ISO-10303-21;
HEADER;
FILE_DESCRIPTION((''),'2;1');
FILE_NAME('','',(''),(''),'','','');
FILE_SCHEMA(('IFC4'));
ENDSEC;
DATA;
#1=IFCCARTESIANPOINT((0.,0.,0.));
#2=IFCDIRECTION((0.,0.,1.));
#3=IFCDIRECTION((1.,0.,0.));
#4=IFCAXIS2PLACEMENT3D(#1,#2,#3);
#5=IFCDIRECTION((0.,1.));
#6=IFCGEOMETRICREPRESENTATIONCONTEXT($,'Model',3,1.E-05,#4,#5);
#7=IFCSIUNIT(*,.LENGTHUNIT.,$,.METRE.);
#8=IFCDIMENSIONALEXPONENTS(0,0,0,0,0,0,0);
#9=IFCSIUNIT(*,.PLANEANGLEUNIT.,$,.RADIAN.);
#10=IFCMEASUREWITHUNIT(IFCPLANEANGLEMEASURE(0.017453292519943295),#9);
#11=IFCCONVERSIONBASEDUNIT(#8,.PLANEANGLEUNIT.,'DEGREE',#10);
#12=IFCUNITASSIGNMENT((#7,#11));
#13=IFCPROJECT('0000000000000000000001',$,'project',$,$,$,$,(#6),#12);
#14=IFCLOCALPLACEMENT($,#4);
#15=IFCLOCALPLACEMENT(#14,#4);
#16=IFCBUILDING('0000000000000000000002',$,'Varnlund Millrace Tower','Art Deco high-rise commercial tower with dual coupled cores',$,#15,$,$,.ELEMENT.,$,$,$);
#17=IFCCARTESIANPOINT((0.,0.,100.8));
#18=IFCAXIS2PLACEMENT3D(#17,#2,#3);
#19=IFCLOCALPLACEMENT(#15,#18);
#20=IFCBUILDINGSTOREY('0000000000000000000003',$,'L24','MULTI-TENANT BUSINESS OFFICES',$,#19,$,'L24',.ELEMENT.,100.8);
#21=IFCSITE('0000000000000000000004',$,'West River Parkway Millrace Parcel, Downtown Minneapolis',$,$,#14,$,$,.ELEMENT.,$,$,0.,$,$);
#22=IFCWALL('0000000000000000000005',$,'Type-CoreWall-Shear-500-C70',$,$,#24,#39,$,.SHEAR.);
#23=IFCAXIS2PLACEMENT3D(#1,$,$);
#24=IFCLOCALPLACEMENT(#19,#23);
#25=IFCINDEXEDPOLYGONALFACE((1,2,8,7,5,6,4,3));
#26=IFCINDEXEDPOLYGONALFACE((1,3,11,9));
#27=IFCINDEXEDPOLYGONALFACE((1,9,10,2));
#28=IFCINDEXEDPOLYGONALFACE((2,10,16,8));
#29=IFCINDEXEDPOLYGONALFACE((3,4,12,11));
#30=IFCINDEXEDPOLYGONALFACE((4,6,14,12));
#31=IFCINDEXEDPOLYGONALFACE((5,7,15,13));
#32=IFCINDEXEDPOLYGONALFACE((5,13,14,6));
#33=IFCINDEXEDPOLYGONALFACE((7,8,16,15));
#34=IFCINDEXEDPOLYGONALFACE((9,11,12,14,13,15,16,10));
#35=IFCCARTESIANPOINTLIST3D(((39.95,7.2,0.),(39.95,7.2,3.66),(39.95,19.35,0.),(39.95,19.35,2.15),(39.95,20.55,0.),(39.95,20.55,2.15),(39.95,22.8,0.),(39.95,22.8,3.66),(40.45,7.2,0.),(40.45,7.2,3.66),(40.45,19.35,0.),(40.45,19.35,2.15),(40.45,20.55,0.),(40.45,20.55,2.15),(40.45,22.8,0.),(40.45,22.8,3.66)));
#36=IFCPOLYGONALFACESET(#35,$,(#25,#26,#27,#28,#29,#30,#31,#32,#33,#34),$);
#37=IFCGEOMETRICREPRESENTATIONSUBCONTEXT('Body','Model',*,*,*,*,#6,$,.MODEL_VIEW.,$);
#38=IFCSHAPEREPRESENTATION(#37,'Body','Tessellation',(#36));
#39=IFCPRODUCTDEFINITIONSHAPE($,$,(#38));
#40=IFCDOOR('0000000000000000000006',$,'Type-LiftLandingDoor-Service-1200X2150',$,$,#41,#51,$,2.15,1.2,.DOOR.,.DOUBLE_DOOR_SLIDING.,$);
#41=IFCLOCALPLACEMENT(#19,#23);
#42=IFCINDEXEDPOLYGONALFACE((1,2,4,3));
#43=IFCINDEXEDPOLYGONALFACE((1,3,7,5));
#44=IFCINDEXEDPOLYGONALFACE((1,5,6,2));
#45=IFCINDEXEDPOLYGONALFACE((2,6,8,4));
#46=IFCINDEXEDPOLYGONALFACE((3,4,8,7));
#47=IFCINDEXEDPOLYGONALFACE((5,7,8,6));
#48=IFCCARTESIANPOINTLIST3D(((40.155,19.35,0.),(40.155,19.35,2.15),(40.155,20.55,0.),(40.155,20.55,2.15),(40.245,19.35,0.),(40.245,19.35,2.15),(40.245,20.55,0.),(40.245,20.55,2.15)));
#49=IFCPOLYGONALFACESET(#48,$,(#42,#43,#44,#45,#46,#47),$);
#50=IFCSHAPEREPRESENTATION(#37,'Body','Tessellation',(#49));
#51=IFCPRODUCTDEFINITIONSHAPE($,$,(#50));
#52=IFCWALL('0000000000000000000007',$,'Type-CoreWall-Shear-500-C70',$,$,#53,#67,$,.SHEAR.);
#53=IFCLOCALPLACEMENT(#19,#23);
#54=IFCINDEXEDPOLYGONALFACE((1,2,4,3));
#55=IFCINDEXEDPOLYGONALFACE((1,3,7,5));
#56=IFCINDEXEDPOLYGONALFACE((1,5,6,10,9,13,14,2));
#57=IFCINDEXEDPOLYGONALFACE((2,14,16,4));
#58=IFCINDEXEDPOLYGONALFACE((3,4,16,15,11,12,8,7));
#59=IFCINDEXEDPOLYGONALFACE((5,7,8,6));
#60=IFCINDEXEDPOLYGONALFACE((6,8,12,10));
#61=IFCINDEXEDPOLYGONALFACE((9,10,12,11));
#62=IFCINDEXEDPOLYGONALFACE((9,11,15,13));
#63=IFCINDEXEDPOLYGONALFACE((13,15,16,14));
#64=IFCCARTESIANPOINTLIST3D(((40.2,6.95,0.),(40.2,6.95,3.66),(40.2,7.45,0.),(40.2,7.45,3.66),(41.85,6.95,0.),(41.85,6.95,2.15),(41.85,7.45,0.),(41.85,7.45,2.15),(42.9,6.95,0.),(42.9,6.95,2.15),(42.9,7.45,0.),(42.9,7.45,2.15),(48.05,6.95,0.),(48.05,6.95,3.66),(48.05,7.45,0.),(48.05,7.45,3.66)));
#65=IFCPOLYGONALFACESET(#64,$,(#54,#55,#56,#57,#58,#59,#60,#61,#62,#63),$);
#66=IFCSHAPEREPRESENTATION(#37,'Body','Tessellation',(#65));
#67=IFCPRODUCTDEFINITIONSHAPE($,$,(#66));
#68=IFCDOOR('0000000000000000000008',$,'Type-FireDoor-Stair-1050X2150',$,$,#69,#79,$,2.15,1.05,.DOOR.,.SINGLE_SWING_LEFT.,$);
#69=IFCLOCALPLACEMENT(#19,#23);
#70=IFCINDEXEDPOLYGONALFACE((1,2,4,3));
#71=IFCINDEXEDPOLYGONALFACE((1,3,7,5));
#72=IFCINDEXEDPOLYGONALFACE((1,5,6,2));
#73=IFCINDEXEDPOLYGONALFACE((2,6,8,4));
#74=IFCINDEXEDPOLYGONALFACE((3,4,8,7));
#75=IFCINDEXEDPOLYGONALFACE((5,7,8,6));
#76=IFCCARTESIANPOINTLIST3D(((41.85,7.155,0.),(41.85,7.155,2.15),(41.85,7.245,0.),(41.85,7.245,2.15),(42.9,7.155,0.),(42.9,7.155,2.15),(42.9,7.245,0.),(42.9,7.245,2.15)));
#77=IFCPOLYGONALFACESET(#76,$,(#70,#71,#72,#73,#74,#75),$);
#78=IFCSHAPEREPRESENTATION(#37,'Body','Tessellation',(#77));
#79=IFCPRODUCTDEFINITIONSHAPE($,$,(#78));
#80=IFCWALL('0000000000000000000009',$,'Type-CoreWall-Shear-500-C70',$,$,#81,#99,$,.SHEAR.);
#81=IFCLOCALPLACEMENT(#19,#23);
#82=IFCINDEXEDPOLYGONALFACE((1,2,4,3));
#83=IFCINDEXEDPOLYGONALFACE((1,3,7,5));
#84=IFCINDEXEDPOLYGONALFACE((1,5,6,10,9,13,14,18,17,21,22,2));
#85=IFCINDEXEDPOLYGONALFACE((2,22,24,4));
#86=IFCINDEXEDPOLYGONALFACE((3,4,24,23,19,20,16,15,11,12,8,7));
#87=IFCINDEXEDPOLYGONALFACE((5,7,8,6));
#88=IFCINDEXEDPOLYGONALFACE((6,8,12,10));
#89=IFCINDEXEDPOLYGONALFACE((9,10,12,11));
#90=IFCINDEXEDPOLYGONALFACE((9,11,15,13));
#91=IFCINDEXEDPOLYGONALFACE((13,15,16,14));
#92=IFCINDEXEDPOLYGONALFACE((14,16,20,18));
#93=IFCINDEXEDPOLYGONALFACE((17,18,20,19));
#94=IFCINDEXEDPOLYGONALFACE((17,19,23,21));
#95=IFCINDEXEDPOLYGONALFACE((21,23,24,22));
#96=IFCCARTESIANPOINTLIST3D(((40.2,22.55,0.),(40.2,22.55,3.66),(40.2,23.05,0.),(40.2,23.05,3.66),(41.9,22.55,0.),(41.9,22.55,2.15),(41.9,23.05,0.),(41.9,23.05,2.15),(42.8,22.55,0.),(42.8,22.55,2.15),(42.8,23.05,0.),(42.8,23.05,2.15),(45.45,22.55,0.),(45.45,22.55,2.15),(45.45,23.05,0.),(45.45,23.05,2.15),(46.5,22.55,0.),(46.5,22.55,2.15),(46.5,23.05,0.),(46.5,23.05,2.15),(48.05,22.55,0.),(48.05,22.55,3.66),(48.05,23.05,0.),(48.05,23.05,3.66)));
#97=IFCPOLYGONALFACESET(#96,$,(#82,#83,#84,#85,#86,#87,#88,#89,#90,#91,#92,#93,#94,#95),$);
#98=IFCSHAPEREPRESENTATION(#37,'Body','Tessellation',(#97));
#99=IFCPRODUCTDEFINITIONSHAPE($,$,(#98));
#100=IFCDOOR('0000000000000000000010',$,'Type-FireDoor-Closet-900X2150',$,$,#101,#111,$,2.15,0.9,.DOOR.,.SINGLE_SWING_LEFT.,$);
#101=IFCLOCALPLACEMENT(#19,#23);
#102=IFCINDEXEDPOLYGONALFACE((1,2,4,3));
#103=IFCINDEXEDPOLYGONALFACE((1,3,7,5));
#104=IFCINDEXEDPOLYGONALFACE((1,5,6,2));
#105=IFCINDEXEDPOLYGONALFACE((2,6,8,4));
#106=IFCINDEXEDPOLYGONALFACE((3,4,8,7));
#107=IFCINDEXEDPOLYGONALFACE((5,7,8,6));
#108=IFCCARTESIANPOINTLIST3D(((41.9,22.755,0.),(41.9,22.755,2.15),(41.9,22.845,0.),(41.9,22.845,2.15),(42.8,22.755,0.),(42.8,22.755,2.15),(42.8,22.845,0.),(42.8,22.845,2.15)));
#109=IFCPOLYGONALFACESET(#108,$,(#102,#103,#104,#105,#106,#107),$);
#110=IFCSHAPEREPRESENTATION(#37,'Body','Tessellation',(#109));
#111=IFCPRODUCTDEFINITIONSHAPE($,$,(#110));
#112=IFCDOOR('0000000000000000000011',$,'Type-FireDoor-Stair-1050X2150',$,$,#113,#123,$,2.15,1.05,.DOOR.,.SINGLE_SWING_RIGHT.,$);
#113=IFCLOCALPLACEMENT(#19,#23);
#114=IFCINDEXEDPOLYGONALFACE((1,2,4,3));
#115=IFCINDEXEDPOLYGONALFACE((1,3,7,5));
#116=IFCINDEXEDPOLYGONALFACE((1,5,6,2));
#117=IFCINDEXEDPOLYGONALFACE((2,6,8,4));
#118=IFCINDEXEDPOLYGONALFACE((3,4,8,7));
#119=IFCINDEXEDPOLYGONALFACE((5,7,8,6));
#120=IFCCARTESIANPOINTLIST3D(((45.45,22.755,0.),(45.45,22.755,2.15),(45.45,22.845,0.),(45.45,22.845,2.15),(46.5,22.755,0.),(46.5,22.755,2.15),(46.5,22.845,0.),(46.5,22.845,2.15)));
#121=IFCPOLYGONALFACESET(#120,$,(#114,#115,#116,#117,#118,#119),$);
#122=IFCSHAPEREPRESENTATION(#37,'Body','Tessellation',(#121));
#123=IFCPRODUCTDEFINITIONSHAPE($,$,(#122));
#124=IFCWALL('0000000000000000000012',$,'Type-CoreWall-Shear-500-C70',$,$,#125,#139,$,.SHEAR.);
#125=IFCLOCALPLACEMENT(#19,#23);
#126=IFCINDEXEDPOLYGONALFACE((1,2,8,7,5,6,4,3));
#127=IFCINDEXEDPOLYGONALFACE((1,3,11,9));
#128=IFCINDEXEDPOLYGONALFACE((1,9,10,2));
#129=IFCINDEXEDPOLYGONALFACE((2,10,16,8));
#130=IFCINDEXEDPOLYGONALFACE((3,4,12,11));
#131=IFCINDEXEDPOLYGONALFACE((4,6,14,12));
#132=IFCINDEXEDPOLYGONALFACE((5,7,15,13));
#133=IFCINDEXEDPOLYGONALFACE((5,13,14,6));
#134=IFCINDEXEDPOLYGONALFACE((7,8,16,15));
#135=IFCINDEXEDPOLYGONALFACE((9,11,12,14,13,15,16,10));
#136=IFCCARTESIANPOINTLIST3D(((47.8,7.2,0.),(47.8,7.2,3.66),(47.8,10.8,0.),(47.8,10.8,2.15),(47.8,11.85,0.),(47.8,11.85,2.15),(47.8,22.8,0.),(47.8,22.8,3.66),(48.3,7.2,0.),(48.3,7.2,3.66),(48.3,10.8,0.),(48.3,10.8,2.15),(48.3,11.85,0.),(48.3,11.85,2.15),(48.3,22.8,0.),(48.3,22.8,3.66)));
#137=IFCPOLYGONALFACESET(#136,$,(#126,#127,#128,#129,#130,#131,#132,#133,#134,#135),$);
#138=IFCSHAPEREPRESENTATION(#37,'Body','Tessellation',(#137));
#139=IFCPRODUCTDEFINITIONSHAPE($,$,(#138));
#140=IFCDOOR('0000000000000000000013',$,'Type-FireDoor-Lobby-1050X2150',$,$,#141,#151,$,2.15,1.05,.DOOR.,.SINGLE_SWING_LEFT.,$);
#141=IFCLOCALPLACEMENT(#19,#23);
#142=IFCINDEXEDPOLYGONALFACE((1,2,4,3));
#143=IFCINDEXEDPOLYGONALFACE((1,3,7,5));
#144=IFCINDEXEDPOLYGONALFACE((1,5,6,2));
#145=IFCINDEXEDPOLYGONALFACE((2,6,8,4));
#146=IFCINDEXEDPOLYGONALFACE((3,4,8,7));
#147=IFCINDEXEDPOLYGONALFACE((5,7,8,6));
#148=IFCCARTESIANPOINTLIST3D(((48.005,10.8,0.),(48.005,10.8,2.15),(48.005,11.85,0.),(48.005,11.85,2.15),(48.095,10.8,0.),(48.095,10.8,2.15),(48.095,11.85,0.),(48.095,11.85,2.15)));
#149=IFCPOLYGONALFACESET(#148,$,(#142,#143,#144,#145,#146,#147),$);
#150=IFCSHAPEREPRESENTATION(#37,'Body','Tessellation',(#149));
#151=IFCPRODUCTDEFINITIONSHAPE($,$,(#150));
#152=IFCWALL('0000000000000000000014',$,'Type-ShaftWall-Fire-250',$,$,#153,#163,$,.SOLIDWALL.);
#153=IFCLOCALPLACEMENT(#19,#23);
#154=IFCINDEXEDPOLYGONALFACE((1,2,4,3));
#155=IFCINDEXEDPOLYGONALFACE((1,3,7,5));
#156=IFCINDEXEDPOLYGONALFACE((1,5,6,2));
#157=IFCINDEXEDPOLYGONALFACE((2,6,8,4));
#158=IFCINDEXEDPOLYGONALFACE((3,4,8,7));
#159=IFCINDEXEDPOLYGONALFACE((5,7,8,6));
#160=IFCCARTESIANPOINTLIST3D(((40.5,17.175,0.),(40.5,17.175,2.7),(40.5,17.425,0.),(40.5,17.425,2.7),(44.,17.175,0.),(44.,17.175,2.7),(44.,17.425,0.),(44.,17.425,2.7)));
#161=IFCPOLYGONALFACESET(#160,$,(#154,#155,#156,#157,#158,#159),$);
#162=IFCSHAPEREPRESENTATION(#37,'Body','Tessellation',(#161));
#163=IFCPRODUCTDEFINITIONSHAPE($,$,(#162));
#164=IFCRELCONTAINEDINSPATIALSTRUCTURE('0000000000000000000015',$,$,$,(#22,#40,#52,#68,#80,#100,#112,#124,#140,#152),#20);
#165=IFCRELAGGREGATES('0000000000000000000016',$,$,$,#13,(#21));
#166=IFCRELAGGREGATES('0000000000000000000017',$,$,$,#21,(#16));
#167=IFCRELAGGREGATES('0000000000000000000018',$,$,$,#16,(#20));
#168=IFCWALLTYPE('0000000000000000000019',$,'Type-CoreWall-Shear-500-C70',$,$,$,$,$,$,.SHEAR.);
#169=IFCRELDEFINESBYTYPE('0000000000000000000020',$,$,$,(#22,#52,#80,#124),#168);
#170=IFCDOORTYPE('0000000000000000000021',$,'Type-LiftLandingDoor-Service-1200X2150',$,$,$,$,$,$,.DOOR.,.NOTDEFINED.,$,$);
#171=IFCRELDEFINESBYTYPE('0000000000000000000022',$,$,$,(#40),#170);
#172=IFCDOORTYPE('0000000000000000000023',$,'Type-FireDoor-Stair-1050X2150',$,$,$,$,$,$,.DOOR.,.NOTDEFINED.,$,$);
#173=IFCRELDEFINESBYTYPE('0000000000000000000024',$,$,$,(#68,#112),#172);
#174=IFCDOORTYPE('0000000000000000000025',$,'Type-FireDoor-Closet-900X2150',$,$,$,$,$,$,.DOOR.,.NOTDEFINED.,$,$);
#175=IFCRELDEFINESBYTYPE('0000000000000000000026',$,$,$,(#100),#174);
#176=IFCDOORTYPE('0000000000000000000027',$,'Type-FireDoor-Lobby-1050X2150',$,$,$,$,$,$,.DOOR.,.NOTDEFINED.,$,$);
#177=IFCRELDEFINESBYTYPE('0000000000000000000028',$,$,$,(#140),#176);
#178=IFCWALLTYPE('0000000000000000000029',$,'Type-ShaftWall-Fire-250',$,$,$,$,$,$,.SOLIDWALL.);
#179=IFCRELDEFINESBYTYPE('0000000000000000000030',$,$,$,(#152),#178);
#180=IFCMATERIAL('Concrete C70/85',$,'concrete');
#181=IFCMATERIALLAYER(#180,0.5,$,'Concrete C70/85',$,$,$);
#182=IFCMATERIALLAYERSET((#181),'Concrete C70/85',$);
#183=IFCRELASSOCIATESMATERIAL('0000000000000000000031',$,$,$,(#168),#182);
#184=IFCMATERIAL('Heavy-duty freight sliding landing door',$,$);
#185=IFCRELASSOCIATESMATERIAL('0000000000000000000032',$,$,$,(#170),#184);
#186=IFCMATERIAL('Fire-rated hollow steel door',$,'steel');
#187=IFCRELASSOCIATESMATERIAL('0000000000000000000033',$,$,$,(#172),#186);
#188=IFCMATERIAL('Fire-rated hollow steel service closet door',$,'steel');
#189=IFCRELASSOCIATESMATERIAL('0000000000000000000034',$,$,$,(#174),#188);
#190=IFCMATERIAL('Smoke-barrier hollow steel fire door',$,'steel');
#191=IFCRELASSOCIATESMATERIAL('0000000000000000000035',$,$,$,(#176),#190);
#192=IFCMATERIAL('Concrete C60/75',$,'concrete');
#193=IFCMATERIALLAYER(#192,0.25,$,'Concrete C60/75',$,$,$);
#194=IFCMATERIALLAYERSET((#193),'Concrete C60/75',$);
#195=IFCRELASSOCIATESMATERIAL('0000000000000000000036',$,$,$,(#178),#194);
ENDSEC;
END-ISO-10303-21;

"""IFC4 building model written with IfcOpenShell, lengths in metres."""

from ifc_helpers import new_model, entity, si_unit, converted_unit, direction, frame, origin_with_axes, origin_2d_with_axis, place, context, subcontext, project, spatial, polyline, rectangle, outline, extrude, material, layer, layer_set, type_object, element, fill, save


model = new_model("IFC4")

# Units and contexts
model_context = context("Model", 3, precision=1e-05, world=origin_with_axes(), true_north=direction((0.0, 1.0)))
body_context = subcontext(model_context, "Body", "Model", "MODEL_VIEW")
ifc_project = project(units=[si_unit("LENGTHUNIT", "METRE"), converted_unit("PLANEANGLEUNIT", "DEGREE", entity("IfcPlaneAngleMeasure", 0.017453292519943295), si_unit("PLANEANGLEUNIT", "RADIAN"), dimensions=[0, 0, 0, 0, 0, 0, 0])], contexts=[model_context])

# Site, building, storey
site_placement = place(None, origin_with_axes())
site = spatial("IfcSite", under=ifc_project, at=site_placement, Name="West River Parkway Millrace Parcel, Downtown Minneapolis", CompositionType="ELEMENT", RefElevation=0.0)
building_placement = place(site_placement, origin_with_axes())
building = spatial("IfcBuilding", under=site, at=building_placement, Name="Varnlund Millrace Tower", Description="Art Deco high-rise commercial tower with dual coupled cores", CompositionType="ELEMENT")
storey_placement = place(building_placement, frame((0.0, 0.0, 100.8), z_axis=(0.0, 0.0, 1.0), x_axis=(1.0, 0.0, 0.0)))
storey = spatial("IfcBuildingStorey", under=building, at=storey_placement, Name="L24", Description="MULTI-TENANT BUSINESS OFFICES", LongName="L24", CompositionType="ELEMENT", Elevation=100.8)

# Walls, openings, doors
ifc_material_1 = material(Name="Concrete C70/85", Category="concrete")
ifc_layer_1 = layer(ifc_material_1, 0.5, Name="Concrete C70/85")
ifc_layer_set_1 = layer_set([ifc_layer_1], Name="Concrete C70/85")
wall_type_1 = type_object("IfcWallType", Name="Type-CoreWall-Shear-500-C70", PredefinedType="SHEAR", material=ifc_layer_set_1)
wall_1_placement = place(storey_placement, frame((40.2, 7.2, 0.0), z_axis=(0.0, 0.0, 1.0), x_axis=(0.0, 1.0, 0.0)))
wall_1 = element("IfcWall", 1, at=wall_1_placement, inside=storey, type_object=wall_type_1, Name="Type-CoreWall-Shear-500-C70", PredefinedType="SHEAR", context=body_context, shape_type="SweptSolid", body=[
    extrude(outline(polyline([(0.0, -0.25), (15.6, -0.25), (15.6, 0.25), (0.0, 0.25), (0.0, -0.25)])), origin_with_axes(), (0.0, 0.0, 1.0), 3.66),
])
opening_1_placement = place(wall_1_placement, frame((12.75, 0.0, 0.0), z_axis=(0.0, 0.0, 1.0), x_axis=(1.0, 0.0, 0.0)))
opening_1 = element("IfcOpeningElement", 2, at=opening_1_placement, cuts=wall_1, PredefinedType="OPENING", context=body_context, shape_type="SweptSolid", body=[
    extrude(rectangle(XDim=1.2, YDim=0.52, at=origin_2d_with_axis()), origin_with_axes(), (0.0, 0.0, 1.0), 2.15),
])
ifc_material_2 = material(Name="Heavy-duty freight sliding landing door")
door_type_1 = type_object("IfcDoorType", Name="Type-LiftLandingDoor-Service-1200X2150", OperationType="NOTDEFINED", PredefinedType="DOOR", material=ifc_material_2)
door_1_placement = place(wall_1_placement, frame((12.75, 0.0, 0.0), z_axis=(0.0, 0.0, 1.0), x_axis=(1.0, 0.0, 0.0)))
door_1 = element("IfcDoor", 3, at=door_1_placement, inside=storey, type_object=door_type_1, Name="Type-LiftLandingDoor-Service-1200X2150", OperationType="DOUBLE_DOOR_SLIDING", OverallHeight=2.15, OverallWidth=1.2, PredefinedType="DOOR", context=body_context, shape_type="SweptSolid", body=[
    extrude(rectangle(XDim=1.2, YDim=0.09, at=origin_2d_with_axis()), origin_with_axes(), (0.0, 0.0, 1.0), 2.15),
])
fill(opening_1, door_1)
wall_2_placement = place(storey_placement, frame((40.2, 7.2, 0.0), z_axis=(0.0, 0.0, 1.0), x_axis=(1.0, 0.0, 0.0)))
wall_2 = element("IfcWall", 4, at=wall_2_placement, inside=storey, type_object=wall_type_1, Name="Type-CoreWall-Shear-500-C70", PredefinedType="SHEAR", context=body_context, shape_type="SweptSolid", body=[
    extrude(outline(polyline([(0.0, -0.25), (7.85, -0.25), (7.85, 0.25), (0.0, 0.25), (0.0, -0.25)])), origin_with_axes(), (0.0, 0.0, 1.0), 3.66),
])
opening_2_placement = place(wall_2_placement, frame((2.175, 0.0, 0.0), z_axis=(0.0, 0.0, 1.0), x_axis=(1.0, 0.0, 0.0)))
opening_2 = element("IfcOpeningElement", 5, at=opening_2_placement, cuts=wall_2, PredefinedType="OPENING", context=body_context, shape_type="SweptSolid", body=[
    extrude(rectangle(XDim=1.05, YDim=0.52, at=origin_2d_with_axis()), origin_with_axes(), (0.0, 0.0, 1.0), 2.15),
])
ifc_material_3 = material(Name="Fire-rated hollow steel door", Category="steel")
door_type_2 = type_object("IfcDoorType", Name="Type-FireDoor-Stair-1050X2150", OperationType="NOTDEFINED", PredefinedType="DOOR", material=ifc_material_3)
door_2_placement = place(wall_2_placement, frame((2.175, 0.0, 0.0), z_axis=(0.0, 0.0, 1.0), x_axis=(1.0, 0.0, 0.0)))
door_2 = element("IfcDoor", 6, at=door_2_placement, inside=storey, type_object=door_type_2, Name="Type-FireDoor-Stair-1050X2150", OperationType="SINGLE_SWING_LEFT", OverallHeight=2.15, OverallWidth=1.05, PredefinedType="DOOR", context=body_context, shape_type="SweptSolid", body=[
    extrude(rectangle(XDim=1.05, YDim=0.09, at=origin_2d_with_axis()), origin_with_axes(), (0.0, 0.0, 1.0), 2.15),
])
fill(opening_2, door_2)

# Wall, openings, doors
wall_3_placement = place(storey_placement, frame((40.2, 22.8, 0.0), z_axis=(0.0, 0.0, 1.0), x_axis=(1.0, 0.0, 0.0)))
wall_3 = element("IfcWall", 7, at=wall_3_placement, inside=storey, type_object=wall_type_1, Name="Type-CoreWall-Shear-500-C70", PredefinedType="SHEAR", context=body_context, shape_type="SweptSolid", body=[
    extrude(outline(polyline([(0.0, -0.25), (7.85, -0.25), (7.85, 0.25), (0.0, 0.25), (0.0, -0.25)])), origin_with_axes(), (0.0, 0.0, 1.0), 3.66),
])
opening_3_placement = place(wall_3_placement, frame((5.775, 0.0, 0.0), z_axis=(0.0, 0.0, 1.0), x_axis=(1.0, 0.0, 0.0)))
opening_3 = element("IfcOpeningElement", 8, at=opening_3_placement, cuts=wall_3, PredefinedType="OPENING", context=body_context, shape_type="SweptSolid", body=[
    extrude(rectangle(XDim=1.05, YDim=0.52, at=origin_2d_with_axis()), origin_with_axes(), (0.0, 0.0, 1.0), 2.15),
])
opening_4_placement = place(wall_3_placement, frame((2.15, 0.0, 0.0), z_axis=(0.0, 0.0, 1.0), x_axis=(1.0, 0.0, 0.0)))
opening_4 = element("IfcOpeningElement", 9, at=opening_4_placement, cuts=wall_3, PredefinedType="OPENING", context=body_context, shape_type="SweptSolid", body=[
    extrude(rectangle(XDim=0.9, YDim=0.52, at=origin_2d_with_axis()), origin_with_axes(), (0.0, 0.0, 1.0), 2.15),
])
ifc_material_4 = material(Name="Fire-rated hollow steel service closet door", Category="steel")
door_type_3 = type_object("IfcDoorType", Name="Type-FireDoor-Closet-900X2150", OperationType="NOTDEFINED", PredefinedType="DOOR", material=ifc_material_4)
door_3_placement = place(wall_3_placement, frame((2.15, 0.0, 0.0), z_axis=(0.0, 0.0, 1.0), x_axis=(1.0, 0.0, 0.0)))
door_3 = element("IfcDoor", 10, at=door_3_placement, inside=storey, type_object=door_type_3, Name="Type-FireDoor-Closet-900X2150", OperationType="SINGLE_SWING_LEFT", OverallHeight=2.15, OverallWidth=0.9, PredefinedType="DOOR", context=body_context, shape_type="SweptSolid", body=[
    extrude(rectangle(XDim=0.9, YDim=0.09, at=origin_2d_with_axis()), origin_with_axes(), (0.0, 0.0, 1.0), 2.15),
])
fill(opening_4, door_3)
door_4_placement = place(wall_3_placement, frame((5.775, 0.0, 0.0), z_axis=(0.0, 0.0, 1.0), x_axis=(1.0, 0.0, 0.0)))
door_4 = element("IfcDoor", 11, at=door_4_placement, inside=storey, type_object=door_type_2, Name="Type-FireDoor-Stair-1050X2150", OperationType="SINGLE_SWING_RIGHT", OverallHeight=2.15, OverallWidth=1.05, PredefinedType="DOOR", context=body_context, shape_type="SweptSolid", body=[
    extrude(rectangle(XDim=1.05, YDim=0.09, at=origin_2d_with_axis()), origin_with_axes(), (0.0, 0.0, 1.0), 2.15),
])
fill(opening_3, door_4)

# Wall, opening, door
wall_4_placement = place(storey_placement, frame((48.05, 7.2, 0.0), z_axis=(0.0, 0.0, 1.0), x_axis=(0.0, 1.0, 0.0)))
wall_4 = element("IfcWall", 12, at=wall_4_placement, inside=storey, type_object=wall_type_1, Name="Type-CoreWall-Shear-500-C70", PredefinedType="SHEAR", context=body_context, shape_type="SweptSolid", body=[
    extrude(outline(polyline([(0.0, -0.25), (15.6, -0.25), (15.6, 0.25), (0.0, 0.25), (0.0, -0.25)])), origin_with_axes(), (0.0, 0.0, 1.0), 3.66),
])
opening_5_placement = place(wall_4_placement, frame((4.125, 0.0, 0.0), z_axis=(0.0, 0.0, 1.0), x_axis=(1.0, 0.0, 0.0)))
opening_5 = element("IfcOpeningElement", 13, at=opening_5_placement, cuts=wall_4, PredefinedType="OPENING", context=body_context, shape_type="SweptSolid", body=[
    extrude(rectangle(XDim=1.05, YDim=0.52, at=origin_2d_with_axis()), origin_with_axes(), (0.0, 0.0, 1.0), 2.15),
])
ifc_material_5 = material(Name="Smoke-barrier hollow steel fire door", Category="steel")
door_type_4 = type_object("IfcDoorType", Name="Type-FireDoor-Lobby-1050X2150", OperationType="NOTDEFINED", PredefinedType="DOOR", material=ifc_material_5)
door_5_placement = place(wall_4_placement, frame((4.125, 0.0, 0.0), z_axis=(0.0, 0.0, 1.0), x_axis=(1.0, 0.0, 0.0)))
door_5 = element("IfcDoor", 14, at=door_5_placement, inside=storey, type_object=door_type_4, Name="Type-FireDoor-Lobby-1050X2150", OperationType="SINGLE_SWING_LEFT", OverallHeight=2.15, OverallWidth=1.05, PredefinedType="DOOR", context=body_context, shape_type="SweptSolid", body=[
    extrude(rectangle(XDim=1.05, YDim=0.09, at=origin_2d_with_axis()), origin_with_axes(), (0.0, 0.0, 1.0), 2.15),
])
fill(opening_5, door_5)

# Wall
ifc_material_6 = material(Name="Concrete C60/75", Category="concrete")
ifc_layer_2 = layer(ifc_material_6, 0.25, Name="Concrete C60/75")
ifc_layer_set_2 = layer_set([ifc_layer_2], Name="Concrete C60/75")
wall_type_2 = type_object("IfcWallType", Name="Type-ShaftWall-Fire-250", PredefinedType="SOLIDWALL", material=ifc_layer_set_2)
for number, where, z_axis, x_axis, name in (
    (15, (40.5, 17.3, 0.0), (0.0, 0.0, 1.0), (1.0, 0.0, 0.0), "Type-ShaftWall-Fire-250"),
):
    element("IfcWall", number, at=place(storey_placement, frame(where, z_axis=z_axis, x_axis=x_axis)), inside=storey, type_object=wall_type_2, Name=name, PredefinedType="SOLIDWALL", context=body_context, shape_type="SweptSolid", body=[
        extrude(outline(polyline([(0.0, -0.125), (3.5, -0.125), (3.5, 0.125), (0.0, 0.125), (0.0, -0.125)])), origin_with_axes(), (0.0, 0.0, 1.0), 2.7),
    ])

save(model, "model.ifc")
